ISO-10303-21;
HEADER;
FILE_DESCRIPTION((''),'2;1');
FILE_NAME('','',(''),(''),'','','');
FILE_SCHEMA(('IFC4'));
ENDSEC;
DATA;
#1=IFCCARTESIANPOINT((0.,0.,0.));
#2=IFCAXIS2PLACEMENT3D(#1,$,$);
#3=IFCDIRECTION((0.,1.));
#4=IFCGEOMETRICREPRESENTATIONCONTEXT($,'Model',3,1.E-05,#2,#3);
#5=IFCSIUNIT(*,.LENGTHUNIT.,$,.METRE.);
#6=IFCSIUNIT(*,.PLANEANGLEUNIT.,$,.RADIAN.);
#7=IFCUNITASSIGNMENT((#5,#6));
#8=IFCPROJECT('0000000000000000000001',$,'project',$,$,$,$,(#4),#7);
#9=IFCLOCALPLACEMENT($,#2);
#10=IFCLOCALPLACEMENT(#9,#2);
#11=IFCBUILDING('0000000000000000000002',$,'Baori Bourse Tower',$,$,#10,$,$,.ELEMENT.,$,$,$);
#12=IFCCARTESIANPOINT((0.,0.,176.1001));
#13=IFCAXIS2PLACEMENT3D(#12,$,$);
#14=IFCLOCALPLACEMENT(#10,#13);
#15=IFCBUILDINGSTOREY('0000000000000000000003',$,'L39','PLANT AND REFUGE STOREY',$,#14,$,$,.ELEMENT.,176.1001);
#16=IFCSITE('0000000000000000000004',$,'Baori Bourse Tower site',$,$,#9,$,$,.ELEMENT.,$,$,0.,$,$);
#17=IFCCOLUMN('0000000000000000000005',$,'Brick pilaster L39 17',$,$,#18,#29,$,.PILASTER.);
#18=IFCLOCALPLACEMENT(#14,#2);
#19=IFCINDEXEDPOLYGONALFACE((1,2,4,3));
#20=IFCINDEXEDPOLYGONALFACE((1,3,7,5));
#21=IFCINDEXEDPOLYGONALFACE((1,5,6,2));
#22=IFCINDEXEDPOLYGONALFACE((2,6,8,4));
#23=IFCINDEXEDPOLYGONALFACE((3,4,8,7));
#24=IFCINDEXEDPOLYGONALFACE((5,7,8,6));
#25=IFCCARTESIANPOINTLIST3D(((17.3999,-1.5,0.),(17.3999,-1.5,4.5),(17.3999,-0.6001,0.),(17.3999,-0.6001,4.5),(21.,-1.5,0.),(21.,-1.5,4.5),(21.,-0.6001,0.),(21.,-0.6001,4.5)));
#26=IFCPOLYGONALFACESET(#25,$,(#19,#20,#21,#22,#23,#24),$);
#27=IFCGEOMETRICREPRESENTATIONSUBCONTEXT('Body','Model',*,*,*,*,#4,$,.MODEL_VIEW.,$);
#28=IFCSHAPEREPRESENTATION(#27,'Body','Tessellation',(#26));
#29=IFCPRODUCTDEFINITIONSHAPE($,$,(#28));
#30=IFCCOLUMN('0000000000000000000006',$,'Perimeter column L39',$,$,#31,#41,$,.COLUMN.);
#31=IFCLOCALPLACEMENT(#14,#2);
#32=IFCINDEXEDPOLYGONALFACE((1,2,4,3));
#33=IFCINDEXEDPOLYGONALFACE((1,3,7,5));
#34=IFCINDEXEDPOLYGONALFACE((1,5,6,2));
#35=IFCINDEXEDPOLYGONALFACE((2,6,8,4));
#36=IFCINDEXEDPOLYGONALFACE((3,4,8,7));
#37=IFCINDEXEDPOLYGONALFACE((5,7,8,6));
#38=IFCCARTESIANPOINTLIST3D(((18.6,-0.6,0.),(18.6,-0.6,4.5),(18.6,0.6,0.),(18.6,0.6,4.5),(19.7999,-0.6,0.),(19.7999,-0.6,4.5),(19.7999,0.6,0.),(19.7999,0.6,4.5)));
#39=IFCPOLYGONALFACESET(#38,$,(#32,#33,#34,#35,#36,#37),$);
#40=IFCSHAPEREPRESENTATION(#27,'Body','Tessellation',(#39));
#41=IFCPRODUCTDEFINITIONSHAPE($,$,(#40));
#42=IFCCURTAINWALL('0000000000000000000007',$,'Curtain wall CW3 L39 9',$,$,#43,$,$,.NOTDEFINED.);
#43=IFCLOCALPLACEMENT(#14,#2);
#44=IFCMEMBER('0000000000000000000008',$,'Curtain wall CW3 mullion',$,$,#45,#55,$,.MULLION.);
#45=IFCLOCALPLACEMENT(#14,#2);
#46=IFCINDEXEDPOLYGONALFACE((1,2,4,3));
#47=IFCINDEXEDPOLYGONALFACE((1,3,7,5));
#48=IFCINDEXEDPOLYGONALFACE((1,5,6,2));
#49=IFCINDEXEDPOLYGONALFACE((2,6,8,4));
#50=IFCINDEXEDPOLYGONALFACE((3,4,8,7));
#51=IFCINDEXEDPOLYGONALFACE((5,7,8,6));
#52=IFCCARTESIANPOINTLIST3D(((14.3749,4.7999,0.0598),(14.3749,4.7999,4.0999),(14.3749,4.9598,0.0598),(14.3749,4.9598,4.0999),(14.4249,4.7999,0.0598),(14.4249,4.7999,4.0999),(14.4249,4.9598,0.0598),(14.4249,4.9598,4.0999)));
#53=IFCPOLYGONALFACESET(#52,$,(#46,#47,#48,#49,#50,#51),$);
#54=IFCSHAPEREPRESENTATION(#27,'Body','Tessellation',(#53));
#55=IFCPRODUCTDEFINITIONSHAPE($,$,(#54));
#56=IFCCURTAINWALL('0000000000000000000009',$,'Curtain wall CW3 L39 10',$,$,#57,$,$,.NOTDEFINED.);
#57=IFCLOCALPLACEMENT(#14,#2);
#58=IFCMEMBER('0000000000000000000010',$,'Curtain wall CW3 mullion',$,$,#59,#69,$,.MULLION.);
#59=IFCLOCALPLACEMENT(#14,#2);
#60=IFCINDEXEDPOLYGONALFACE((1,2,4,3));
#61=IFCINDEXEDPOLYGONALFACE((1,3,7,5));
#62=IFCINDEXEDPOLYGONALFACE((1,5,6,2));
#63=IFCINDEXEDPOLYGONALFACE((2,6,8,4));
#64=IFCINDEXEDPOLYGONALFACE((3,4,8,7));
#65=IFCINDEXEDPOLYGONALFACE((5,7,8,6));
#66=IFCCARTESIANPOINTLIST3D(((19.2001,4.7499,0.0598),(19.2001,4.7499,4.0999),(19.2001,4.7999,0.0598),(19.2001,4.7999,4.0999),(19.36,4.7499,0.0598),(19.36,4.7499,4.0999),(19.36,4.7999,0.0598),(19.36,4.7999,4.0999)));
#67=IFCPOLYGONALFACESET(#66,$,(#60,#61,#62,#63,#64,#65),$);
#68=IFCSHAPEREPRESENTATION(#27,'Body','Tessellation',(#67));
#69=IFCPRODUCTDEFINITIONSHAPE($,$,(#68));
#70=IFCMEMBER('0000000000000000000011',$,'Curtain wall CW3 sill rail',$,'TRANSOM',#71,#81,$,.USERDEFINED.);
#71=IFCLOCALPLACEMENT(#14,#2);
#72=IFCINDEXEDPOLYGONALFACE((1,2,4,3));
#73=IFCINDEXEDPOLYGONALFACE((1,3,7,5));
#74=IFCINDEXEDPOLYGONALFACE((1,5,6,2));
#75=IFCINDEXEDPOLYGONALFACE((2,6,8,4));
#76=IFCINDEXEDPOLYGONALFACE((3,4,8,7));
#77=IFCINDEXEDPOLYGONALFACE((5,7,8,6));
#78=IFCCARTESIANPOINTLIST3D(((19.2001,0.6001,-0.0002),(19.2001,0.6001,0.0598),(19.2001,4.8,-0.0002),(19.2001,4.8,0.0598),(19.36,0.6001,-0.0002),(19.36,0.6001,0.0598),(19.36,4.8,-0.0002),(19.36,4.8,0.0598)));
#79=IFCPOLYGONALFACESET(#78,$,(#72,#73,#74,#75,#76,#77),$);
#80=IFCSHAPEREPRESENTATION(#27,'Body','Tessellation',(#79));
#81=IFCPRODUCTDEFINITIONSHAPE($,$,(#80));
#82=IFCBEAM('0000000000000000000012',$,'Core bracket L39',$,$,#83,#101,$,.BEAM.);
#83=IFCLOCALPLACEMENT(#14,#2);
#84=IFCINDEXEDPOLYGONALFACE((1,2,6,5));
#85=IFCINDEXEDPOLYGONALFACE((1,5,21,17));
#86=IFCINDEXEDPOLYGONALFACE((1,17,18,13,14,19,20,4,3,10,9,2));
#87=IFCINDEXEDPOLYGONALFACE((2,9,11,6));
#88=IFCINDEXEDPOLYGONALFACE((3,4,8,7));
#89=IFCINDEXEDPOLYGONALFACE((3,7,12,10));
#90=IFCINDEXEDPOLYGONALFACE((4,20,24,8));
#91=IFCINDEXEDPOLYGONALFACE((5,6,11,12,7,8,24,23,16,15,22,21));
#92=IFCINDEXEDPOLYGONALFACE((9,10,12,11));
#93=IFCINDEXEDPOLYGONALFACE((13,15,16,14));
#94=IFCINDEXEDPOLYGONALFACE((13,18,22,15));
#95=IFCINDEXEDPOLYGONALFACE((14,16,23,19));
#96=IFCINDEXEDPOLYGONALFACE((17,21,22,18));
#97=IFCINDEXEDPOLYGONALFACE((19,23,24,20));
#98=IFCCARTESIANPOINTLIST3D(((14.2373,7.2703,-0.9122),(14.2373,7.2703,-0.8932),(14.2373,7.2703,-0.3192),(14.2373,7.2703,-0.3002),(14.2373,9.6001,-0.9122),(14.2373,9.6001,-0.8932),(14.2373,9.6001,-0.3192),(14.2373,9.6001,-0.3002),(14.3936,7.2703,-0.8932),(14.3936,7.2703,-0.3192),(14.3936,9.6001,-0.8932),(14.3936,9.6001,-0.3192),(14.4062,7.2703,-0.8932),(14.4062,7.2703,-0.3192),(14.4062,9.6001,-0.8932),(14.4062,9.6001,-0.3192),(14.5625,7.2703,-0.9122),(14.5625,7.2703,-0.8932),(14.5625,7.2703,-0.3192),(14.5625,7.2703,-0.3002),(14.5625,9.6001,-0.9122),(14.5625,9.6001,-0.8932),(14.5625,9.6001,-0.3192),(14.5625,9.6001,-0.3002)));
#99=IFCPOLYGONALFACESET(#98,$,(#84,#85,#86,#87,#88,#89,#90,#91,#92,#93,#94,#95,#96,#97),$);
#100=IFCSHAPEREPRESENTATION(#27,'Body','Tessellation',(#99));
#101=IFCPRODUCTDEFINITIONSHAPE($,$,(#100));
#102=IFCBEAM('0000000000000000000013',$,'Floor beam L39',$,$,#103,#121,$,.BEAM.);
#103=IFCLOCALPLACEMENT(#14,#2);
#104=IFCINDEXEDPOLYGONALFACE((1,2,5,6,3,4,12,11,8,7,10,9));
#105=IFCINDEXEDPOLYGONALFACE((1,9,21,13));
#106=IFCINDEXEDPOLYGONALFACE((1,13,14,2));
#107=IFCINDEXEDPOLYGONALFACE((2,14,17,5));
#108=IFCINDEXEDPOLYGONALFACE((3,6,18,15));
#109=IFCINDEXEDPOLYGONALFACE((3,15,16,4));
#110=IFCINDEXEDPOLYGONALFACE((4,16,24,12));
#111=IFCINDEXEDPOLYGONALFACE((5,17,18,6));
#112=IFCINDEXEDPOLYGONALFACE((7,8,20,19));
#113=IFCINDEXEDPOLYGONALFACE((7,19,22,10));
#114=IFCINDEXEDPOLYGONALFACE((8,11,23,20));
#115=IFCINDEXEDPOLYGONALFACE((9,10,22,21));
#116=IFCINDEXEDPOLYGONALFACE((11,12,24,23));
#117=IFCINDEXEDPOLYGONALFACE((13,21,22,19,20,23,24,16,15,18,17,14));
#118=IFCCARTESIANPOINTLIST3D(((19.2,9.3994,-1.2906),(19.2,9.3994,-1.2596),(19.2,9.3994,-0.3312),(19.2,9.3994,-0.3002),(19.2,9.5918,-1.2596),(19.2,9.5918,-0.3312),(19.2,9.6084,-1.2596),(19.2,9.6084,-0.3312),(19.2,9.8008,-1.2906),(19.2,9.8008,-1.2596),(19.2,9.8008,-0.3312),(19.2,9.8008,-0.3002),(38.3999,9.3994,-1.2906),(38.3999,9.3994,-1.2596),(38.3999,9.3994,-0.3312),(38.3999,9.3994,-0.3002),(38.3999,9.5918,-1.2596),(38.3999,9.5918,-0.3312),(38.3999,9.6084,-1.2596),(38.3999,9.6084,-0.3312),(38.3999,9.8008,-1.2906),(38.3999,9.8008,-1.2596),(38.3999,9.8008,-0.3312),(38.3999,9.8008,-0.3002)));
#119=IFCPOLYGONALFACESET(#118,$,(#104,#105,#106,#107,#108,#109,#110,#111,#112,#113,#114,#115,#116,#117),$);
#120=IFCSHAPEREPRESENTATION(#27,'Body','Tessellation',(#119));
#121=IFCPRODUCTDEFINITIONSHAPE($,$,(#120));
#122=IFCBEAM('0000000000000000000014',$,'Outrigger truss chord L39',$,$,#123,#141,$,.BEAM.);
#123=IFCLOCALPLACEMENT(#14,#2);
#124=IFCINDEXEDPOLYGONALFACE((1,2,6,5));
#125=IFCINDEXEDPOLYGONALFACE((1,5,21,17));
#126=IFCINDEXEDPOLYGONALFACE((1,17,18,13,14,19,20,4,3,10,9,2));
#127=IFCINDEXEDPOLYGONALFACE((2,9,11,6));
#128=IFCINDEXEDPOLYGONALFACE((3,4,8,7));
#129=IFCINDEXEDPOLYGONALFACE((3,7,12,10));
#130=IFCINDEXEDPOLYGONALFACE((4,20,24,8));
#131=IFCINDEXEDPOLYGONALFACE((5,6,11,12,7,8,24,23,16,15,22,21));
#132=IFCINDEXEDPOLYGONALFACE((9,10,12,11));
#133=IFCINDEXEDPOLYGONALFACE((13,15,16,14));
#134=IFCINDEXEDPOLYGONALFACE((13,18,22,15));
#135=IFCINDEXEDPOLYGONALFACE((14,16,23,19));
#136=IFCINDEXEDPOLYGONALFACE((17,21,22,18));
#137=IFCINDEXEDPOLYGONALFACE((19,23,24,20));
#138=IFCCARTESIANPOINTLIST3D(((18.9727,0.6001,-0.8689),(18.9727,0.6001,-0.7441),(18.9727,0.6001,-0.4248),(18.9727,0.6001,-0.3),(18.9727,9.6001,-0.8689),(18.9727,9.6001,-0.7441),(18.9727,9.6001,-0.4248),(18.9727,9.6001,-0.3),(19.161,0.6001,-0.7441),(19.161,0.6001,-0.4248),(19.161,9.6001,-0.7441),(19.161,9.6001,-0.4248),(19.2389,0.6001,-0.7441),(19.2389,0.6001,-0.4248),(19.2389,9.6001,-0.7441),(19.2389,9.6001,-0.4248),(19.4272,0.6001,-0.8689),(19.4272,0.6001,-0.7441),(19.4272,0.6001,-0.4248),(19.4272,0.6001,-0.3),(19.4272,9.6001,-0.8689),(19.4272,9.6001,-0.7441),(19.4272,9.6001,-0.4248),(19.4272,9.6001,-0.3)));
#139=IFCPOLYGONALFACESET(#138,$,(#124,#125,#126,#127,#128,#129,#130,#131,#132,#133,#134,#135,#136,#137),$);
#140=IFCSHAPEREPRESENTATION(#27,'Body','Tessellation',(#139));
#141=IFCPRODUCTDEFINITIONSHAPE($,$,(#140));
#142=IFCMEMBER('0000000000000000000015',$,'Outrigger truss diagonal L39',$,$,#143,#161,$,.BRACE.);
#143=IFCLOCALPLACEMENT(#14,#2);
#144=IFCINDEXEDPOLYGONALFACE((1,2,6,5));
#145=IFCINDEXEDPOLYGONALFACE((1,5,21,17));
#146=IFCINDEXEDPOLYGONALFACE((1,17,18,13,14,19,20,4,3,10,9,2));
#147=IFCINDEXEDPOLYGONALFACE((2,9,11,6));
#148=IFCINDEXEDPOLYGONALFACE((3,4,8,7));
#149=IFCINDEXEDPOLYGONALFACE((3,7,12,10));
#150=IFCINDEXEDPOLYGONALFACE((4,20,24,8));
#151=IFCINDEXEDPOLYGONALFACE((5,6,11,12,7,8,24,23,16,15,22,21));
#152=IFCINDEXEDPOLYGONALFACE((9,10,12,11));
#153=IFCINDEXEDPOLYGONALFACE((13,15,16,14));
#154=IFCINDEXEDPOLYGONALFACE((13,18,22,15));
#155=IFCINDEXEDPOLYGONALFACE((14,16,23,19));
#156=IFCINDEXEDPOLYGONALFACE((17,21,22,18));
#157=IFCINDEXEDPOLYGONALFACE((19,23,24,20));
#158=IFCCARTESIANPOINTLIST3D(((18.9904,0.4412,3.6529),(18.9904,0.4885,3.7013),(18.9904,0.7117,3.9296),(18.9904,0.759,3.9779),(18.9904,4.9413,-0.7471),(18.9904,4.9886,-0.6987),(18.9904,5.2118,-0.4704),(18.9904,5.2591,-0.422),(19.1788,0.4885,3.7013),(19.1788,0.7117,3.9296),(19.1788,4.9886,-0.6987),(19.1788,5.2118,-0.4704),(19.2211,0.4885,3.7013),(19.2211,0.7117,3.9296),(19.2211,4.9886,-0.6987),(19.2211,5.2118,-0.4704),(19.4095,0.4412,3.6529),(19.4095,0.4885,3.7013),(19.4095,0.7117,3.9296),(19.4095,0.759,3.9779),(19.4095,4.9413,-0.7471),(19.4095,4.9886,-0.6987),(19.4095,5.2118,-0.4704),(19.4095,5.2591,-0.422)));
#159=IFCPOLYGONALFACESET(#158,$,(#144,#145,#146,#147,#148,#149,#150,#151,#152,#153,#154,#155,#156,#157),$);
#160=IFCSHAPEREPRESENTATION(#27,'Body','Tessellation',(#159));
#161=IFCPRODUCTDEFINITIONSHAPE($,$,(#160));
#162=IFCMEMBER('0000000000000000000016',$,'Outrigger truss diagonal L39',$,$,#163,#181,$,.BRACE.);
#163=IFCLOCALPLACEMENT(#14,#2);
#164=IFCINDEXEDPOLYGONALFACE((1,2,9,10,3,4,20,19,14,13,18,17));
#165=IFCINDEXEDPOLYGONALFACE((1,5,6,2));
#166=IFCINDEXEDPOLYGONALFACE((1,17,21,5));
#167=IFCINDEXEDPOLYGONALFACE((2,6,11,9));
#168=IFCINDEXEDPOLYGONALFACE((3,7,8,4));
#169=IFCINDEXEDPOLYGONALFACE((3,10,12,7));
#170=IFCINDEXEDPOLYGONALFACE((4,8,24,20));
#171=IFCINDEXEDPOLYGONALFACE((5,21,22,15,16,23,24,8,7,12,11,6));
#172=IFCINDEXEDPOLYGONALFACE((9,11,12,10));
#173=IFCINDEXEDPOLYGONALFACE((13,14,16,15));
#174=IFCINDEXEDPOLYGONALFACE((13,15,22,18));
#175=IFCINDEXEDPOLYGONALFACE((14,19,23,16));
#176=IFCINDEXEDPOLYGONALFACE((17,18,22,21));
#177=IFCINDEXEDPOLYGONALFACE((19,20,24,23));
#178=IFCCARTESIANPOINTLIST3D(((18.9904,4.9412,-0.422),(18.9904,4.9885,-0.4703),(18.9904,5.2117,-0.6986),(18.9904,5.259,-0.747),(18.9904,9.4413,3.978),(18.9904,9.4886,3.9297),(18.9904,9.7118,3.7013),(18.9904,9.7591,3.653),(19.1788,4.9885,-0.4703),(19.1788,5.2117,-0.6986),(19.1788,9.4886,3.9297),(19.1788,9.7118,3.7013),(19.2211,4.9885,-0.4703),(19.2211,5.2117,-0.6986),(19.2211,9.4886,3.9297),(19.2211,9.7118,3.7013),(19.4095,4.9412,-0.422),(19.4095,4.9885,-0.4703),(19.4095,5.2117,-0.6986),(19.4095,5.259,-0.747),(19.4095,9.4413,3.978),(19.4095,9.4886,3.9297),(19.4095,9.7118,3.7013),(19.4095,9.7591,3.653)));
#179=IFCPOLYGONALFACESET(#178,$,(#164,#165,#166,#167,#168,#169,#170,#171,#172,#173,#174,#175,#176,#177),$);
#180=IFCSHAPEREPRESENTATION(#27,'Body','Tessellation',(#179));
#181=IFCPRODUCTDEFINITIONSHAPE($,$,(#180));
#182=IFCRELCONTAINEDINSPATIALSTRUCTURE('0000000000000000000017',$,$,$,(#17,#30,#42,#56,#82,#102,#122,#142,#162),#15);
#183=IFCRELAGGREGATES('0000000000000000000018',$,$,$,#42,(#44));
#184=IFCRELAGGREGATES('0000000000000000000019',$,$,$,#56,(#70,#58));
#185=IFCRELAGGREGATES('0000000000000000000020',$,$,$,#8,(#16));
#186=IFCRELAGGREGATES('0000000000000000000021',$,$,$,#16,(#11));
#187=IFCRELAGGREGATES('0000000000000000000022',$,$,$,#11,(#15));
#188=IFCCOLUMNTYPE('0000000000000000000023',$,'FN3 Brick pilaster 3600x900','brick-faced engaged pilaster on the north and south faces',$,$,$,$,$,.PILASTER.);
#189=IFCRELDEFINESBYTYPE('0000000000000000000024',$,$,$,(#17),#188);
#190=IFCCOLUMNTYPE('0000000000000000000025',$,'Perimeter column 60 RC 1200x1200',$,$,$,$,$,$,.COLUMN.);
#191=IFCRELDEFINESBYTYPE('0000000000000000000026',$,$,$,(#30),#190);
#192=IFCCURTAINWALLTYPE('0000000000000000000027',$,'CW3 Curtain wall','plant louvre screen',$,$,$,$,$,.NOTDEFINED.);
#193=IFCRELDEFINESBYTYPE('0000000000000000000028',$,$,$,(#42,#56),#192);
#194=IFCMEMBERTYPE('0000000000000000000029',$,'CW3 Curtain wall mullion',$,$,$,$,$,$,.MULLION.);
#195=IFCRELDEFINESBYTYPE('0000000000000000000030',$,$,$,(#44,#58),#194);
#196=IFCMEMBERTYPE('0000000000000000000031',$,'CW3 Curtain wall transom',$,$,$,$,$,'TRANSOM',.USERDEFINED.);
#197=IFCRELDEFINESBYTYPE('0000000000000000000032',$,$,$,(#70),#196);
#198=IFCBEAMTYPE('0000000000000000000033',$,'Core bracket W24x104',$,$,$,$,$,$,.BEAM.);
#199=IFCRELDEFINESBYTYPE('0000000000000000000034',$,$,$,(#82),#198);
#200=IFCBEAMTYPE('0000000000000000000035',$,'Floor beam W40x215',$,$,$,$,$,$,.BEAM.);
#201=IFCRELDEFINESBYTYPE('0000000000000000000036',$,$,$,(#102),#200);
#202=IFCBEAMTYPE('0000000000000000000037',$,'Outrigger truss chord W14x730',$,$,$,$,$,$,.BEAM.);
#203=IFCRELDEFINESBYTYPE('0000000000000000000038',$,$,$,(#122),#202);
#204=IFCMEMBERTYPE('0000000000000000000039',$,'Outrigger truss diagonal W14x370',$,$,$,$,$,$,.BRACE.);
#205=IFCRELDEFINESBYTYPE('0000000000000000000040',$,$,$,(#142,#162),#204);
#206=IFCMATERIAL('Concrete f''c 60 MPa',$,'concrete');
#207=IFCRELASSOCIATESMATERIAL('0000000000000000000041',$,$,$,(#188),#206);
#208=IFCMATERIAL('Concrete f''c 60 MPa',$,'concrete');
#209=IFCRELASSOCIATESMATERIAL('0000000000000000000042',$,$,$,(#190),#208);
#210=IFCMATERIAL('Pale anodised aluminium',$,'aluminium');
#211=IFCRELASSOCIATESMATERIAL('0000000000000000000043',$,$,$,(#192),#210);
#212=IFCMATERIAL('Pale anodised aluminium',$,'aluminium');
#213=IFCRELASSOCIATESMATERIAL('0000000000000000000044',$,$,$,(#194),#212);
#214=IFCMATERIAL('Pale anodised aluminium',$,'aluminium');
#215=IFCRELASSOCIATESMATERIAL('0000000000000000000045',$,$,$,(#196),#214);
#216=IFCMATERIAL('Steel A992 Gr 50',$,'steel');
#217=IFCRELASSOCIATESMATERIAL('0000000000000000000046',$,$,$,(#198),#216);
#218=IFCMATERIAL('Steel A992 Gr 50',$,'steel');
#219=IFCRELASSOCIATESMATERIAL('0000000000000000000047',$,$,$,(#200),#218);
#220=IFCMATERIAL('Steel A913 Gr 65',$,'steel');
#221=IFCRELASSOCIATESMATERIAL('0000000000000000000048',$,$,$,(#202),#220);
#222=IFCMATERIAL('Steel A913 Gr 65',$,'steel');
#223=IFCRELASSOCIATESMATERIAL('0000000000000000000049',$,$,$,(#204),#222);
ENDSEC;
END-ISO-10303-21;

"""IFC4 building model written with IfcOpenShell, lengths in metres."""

from ifc_helpers import new_model, si_unit, direction, frame, origin, origin_2d, place, context, subcontext, project, spatial, rectangle, i_section, extrude, material, material_profile, profile_set, type_object, element, aggregate, save


model = new_model("IFC4")

# Units and contexts
model_context = context("Model", 3, precision=1e-05, world=origin(), true_north=direction((0.0, 1.0)))
body_context = subcontext(model_context, "Body", "Model", "MODEL_VIEW")
ifc_project = project(units=[si_unit("LENGTHUNIT", "METRE"), si_unit("PLANEANGLEUNIT", "RADIAN")], contexts=[model_context])

# Site, building, storey
site_placement = place(None, origin())
site = spatial("IfcSite", under=ifc_project, at=site_placement, Name="Baori Bourse Tower site", CompositionType="ELEMENT", RefElevation=0.0)
building_placement = place(site_placement, origin())
building = spatial("IfcBuilding", under=site, at=building_placement, Name="Baori Bourse Tower", CompositionType="ELEMENT")
storey_placement = place(building_placement, frame((0.0, 0.0, 176.1001)))
storey = spatial("IfcBuildingStorey", under=building, at=storey_placement, Name="L39", Description="PLANT AND REFUGE STOREY", CompositionType="ELEMENT", Elevation=176.1001)

# Columns
ifc_material_1 = material(Name="Concrete f'c 60 MPa", Category="concrete")
ifc_material_profile_1 = material_profile(ifc_material_1, rectangle(XDim=3.6001, YDim=0.8999, at=origin_2d()), Name="RC 3600x900")
ifc_profile_set_1 = profile_set([ifc_material_profile_1], Name="Concrete f'c 60 MPa")
column_type_1 = type_object("IfcColumnType", Name="FN3 Brick pilaster 3600x900", Description="brick-faced engaged pilaster on the north and south faces", PredefinedType="PILASTER", material=ifc_profile_set_1)
column_1_placement = place(storey_placement, frame((19.2, -1.05, 0.0), z_axis=(0.0, 0.0, 1.0), x_axis=(1.0, 0.0, 0.0)))
element("IfcColumn", 1, at=column_1_placement, inside=storey, type_object=column_type_1, Name="Brick pilaster L39 17", PredefinedType="PILASTER", context=body_context, shape_type="SweptSolid", body=[
    extrude(rectangle(XDim=3.6001, YDim=0.8999, at=origin_2d()), origin(), (0.0, 0.0, 1.0), 4.5),
])
ifc_material_2 = material(Name="Concrete f'c 60 MPa", Category="concrete")
ifc_material_profile_2 = material_profile(ifc_material_2, rectangle(XDim=1.2, YDim=1.2, at=origin_2d()), Name="RC 1200x1200")
ifc_profile_set_2 = profile_set([ifc_material_profile_2], Name="Concrete f'c 60 MPa")
column_type_2 = type_object("IfcColumnType", Name="Perimeter column 60 RC 1200x1200", PredefinedType="COLUMN", material=ifc_profile_set_2)
column_2_placement = place(storey_placement, frame((19.2, 0.0, 0.0), z_axis=(0.0, 0.0, 1.0), x_axis=(1.0, 0.0, 0.0)))
element("IfcColumn", 2, at=column_2_placement, inside=storey, type_object=column_type_2, Name="Perimeter column L39", PredefinedType="COLUMN", context=body_context, shape_type="SweptSolid", body=[
    extrude(rectangle(XDim=1.2, YDim=1.2, at=origin_2d()), origin(), (0.0, 0.0, 1.0), 4.5),
])

# Curtain wall, member
ifc_material_3 = material(Name="Pale anodised aluminium", Category="aluminium")
curtain_wall_type = type_object("IfcCurtainWallType", Name="CW3 Curtain wall", Description="plant louvre screen", PredefinedType="NOTDEFINED", material=ifc_material_3)
curtain_wall_1_placement = place(storey_placement, origin())
curtain_wall_1 = element("IfcCurtainWall", 3, at=curtain_wall_1_placement, inside=storey, type_object=curtain_wall_type, Name="Curtain wall CW3 L39 9", PredefinedType="NOTDEFINED")
ifc_material_4 = material(Name="Pale anodised aluminium", Category="aluminium")
ifc_material_profile_3 = material_profile(ifc_material_4, rectangle(XDim=0.1599, YDim=0.05, at=origin_2d()), Name="Mullion 50x160")
ifc_profile_set_3 = profile_set([ifc_material_profile_3], Name="Pale anodised aluminium")
member_type_1 = type_object("IfcMemberType", Name="CW3 Curtain wall mullion", PredefinedType="MULLION", material=ifc_profile_set_3)
member_1_placement = place(storey_placement, frame((14.3999, 4.8799, 0.0598), z_axis=(0.0, 0.0, 1.0), x_axis=(0.0, 1.0, 0.0)))
member_1 = element("IfcMember", 4, at=member_1_placement, type_object=member_type_1, Name="Curtain wall CW3 mullion", PredefinedType="MULLION", context=body_context, shape_type="SweptSolid", body=[
    extrude(rectangle(XDim=0.1599, YDim=0.05, at=origin_2d()), origin(), (0.0, 0.0, 1.0), 4.04),
])

# Curtain wall, members
curtain_wall_2_placement = place(storey_placement, origin())
curtain_wall_2 = element("IfcCurtainWall", 5, at=curtain_wall_2_placement, inside=storey, type_object=curtain_wall_type, Name="Curtain wall CW3 L39 10", PredefinedType="NOTDEFINED")
member_2_placement = place(storey_placement, frame((19.28, 4.7749, 0.0598), z_axis=(0.0, 0.0, 1.0), x_axis=(1.0, 0.0, 0.0)))
member_2 = element("IfcMember", 6, at=member_2_placement, type_object=member_type_1, Name="Curtain wall CW3 mullion", PredefinedType="MULLION", context=body_context, shape_type="SweptSolid", body=[
    extrude(rectangle(XDim=0.1599, YDim=0.05, at=origin_2d()), origin(), (0.0, 0.0, 1.0), 4.04),
])
ifc_material_5 = material(Name="Pale anodised aluminium", Category="aluminium")
ifc_material_profile_4 = material_profile(ifc_material_5, rectangle(XDim=0.1599, YDim=0.0601, at=origin_2d()), Name="Transom 60x160")
ifc_profile_set_4 = profile_set([ifc_material_profile_4], Name="Pale anodised aluminium")
member_type_2 = type_object("IfcMemberType", Name="CW3 Curtain wall transom", ElementType="TRANSOM", PredefinedType="USERDEFINED", material=ifc_profile_set_4)
member_3_placement = place(storey_placement, frame((19.28, 4.8, 0.0298), z_axis=(0.0, -1.0, 0.0), x_axis=(1.0, 0.0, 0.0)))
member_3 = element("IfcMember", 7, at=member_3_placement, type_object=member_type_2, Name="Curtain wall CW3 sill rail", ObjectType="TRANSOM", PredefinedType="USERDEFINED", context=body_context, shape_type="SweptSolid", body=[
    extrude(rectangle(XDim=0.1599, YDim=0.0601, at=origin_2d()), origin(), (0.0, 0.0, 1.0), 4.2),
])

# Beams
ifc_material_6 = material(Name="Steel A992 Gr 50", Category="steel")
ifc_material_profile_5 = material_profile(ifc_material_6, i_section(OverallWidth=0.3252, OverallDepth=0.6121, WebThickness=0.0127, FlangeThickness=0.019, at=origin_2d()), Name="W24x104")
ifc_profile_set_5 = profile_set([ifc_material_profile_5], Name="Steel A992 Gr 50")
beam_type_1 = type_object("IfcBeamType", Name="Core bracket W24x104", PredefinedType="BEAM", material=ifc_profile_set_5)
beam_1_placement = place(storey_placement, frame((14.3999, 7.2703, -0.6062), z_axis=(0.0, 1.0, 0.0), x_axis=(-1.0, 0.0, 0.0)))
element("IfcBeam", 8, at=beam_1_placement, inside=storey, type_object=beam_type_1, Name="Core bracket L39", PredefinedType="BEAM", context=body_context, shape_type="SweptSolid", body=[
    extrude(i_section(OverallWidth=0.3252, OverallDepth=0.6121, WebThickness=0.0127, FlangeThickness=0.019, at=origin_2d()), origin(), (0.0, 0.0, 1.0), 2.3298),
])
ifc_material_7 = material(Name="Steel A992 Gr 50", Category="steel")
ifc_material_profile_6 = material_profile(ifc_material_7, i_section(OverallWidth=0.4014, OverallDepth=0.9905, WebThickness=0.0166, FlangeThickness=0.031, at=origin_2d()), Name="W40x215")
ifc_profile_set_6 = profile_set([ifc_material_profile_6], Name="Steel A992 Gr 50")
beam_type_2 = type_object("IfcBeamType", Name="Floor beam W40x215", PredefinedType="BEAM", material=ifc_profile_set_6)
beam_2_placement = place(storey_placement, frame((19.2, 9.6001, -0.7954), z_axis=(1.0, 0.0, 0.0), x_axis=(0.0, 1.0, 0.0)))
element("IfcBeam", 9, at=beam_2_placement, inside=storey, type_object=beam_type_2, Name="Floor beam L39", PredefinedType="BEAM", context=body_context, shape_type="SweptSolid", body=[
    extrude(i_section(OverallWidth=0.4014, OverallDepth=0.9905, WebThickness=0.0166, FlangeThickness=0.031, at=origin_2d()), origin(), (0.0, 0.0, 1.0), 19.2),
])
ifc_material_8 = material(Name="Steel A913 Gr 65", Category="steel")
ifc_material_profile_7 = material_profile(ifc_material_8, i_section(OverallWidth=0.4546, OverallDepth=0.5688, WebThickness=0.0779, FlangeThickness=0.1248, at=origin_2d()), Name="W14x730")
ifc_profile_set_7 = profile_set([ifc_material_profile_7], Name="Steel A913 Gr 65")
beam_type_3 = type_object("IfcBeamType", Name="Outrigger truss chord W14x730", PredefinedType="BEAM", material=ifc_profile_set_7)
beam_3_placement = place(storey_placement, frame((19.2, 0.6001, -0.5845), z_axis=(0.0, 1.0, 0.0), x_axis=(-1.0, 0.0, 0.0)))
element("IfcBeam", 10, at=beam_3_placement, inside=storey, type_object=beam_type_3, Name="Outrigger truss chord L39", PredefinedType="BEAM", context=body_context, shape_type="SweptSolid", body=[
    extrude(i_section(OverallWidth=0.4546, OverallDepth=0.5688, WebThickness=0.0779, FlangeThickness=0.1248, at=origin_2d()), origin(), (0.0, 0.0, 1.0), 9.0),
])

# Members
ifc_material_9 = material(Name="Steel A913 Gr 65", Category="steel")
ifc_material_profile_8 = material_profile(ifc_material_9, i_section(OverallWidth=0.4192, OverallDepth=0.4546, WebThickness=0.0422, FlangeThickness=0.0676, at=origin_2d()), Name="W14x370")
ifc_profile_set_8 = profile_set([ifc_material_profile_8], Name="Steel A913 Gr 65")
member_type_3 = type_object("IfcMemberType", Name="Outrigger truss diagonal W14x370", PredefinedType="BRACE", material=ifc_profile_set_8)
for number, where, z_axis, x_axis, name in (
    (11, (19.2, 0.6001, 3.8154), (0.0, 0.715014, -0.69911), (-1.0, 0.0, 0.0), "Outrigger truss diagonal L39"),
    (12, (19.2, 5.1001, -0.5845), (0.0, 0.715014, 0.69911), (-1.0, 0.0, 0.0), "Outrigger truss diagonal L39"),
):
    element("IfcMember", number, at=place(storey_placement, frame(where, z_axis=z_axis, x_axis=x_axis)), inside=storey, type_object=member_type_3, Name=name, PredefinedType="BRACE", context=body_context, shape_type="SweptSolid", body=[
        extrude(i_section(OverallWidth=0.4192, OverallDepth=0.4546, WebThickness=0.0422, FlangeThickness=0.0676, at=origin_2d()), origin(), (0.0, 0.0, 1.0), 6.2937),
    ])

aggregate(curtain_wall_1, [member_1])
aggregate(curtain_wall_2, [member_3, member_2])

save(model, "model.ifc")
